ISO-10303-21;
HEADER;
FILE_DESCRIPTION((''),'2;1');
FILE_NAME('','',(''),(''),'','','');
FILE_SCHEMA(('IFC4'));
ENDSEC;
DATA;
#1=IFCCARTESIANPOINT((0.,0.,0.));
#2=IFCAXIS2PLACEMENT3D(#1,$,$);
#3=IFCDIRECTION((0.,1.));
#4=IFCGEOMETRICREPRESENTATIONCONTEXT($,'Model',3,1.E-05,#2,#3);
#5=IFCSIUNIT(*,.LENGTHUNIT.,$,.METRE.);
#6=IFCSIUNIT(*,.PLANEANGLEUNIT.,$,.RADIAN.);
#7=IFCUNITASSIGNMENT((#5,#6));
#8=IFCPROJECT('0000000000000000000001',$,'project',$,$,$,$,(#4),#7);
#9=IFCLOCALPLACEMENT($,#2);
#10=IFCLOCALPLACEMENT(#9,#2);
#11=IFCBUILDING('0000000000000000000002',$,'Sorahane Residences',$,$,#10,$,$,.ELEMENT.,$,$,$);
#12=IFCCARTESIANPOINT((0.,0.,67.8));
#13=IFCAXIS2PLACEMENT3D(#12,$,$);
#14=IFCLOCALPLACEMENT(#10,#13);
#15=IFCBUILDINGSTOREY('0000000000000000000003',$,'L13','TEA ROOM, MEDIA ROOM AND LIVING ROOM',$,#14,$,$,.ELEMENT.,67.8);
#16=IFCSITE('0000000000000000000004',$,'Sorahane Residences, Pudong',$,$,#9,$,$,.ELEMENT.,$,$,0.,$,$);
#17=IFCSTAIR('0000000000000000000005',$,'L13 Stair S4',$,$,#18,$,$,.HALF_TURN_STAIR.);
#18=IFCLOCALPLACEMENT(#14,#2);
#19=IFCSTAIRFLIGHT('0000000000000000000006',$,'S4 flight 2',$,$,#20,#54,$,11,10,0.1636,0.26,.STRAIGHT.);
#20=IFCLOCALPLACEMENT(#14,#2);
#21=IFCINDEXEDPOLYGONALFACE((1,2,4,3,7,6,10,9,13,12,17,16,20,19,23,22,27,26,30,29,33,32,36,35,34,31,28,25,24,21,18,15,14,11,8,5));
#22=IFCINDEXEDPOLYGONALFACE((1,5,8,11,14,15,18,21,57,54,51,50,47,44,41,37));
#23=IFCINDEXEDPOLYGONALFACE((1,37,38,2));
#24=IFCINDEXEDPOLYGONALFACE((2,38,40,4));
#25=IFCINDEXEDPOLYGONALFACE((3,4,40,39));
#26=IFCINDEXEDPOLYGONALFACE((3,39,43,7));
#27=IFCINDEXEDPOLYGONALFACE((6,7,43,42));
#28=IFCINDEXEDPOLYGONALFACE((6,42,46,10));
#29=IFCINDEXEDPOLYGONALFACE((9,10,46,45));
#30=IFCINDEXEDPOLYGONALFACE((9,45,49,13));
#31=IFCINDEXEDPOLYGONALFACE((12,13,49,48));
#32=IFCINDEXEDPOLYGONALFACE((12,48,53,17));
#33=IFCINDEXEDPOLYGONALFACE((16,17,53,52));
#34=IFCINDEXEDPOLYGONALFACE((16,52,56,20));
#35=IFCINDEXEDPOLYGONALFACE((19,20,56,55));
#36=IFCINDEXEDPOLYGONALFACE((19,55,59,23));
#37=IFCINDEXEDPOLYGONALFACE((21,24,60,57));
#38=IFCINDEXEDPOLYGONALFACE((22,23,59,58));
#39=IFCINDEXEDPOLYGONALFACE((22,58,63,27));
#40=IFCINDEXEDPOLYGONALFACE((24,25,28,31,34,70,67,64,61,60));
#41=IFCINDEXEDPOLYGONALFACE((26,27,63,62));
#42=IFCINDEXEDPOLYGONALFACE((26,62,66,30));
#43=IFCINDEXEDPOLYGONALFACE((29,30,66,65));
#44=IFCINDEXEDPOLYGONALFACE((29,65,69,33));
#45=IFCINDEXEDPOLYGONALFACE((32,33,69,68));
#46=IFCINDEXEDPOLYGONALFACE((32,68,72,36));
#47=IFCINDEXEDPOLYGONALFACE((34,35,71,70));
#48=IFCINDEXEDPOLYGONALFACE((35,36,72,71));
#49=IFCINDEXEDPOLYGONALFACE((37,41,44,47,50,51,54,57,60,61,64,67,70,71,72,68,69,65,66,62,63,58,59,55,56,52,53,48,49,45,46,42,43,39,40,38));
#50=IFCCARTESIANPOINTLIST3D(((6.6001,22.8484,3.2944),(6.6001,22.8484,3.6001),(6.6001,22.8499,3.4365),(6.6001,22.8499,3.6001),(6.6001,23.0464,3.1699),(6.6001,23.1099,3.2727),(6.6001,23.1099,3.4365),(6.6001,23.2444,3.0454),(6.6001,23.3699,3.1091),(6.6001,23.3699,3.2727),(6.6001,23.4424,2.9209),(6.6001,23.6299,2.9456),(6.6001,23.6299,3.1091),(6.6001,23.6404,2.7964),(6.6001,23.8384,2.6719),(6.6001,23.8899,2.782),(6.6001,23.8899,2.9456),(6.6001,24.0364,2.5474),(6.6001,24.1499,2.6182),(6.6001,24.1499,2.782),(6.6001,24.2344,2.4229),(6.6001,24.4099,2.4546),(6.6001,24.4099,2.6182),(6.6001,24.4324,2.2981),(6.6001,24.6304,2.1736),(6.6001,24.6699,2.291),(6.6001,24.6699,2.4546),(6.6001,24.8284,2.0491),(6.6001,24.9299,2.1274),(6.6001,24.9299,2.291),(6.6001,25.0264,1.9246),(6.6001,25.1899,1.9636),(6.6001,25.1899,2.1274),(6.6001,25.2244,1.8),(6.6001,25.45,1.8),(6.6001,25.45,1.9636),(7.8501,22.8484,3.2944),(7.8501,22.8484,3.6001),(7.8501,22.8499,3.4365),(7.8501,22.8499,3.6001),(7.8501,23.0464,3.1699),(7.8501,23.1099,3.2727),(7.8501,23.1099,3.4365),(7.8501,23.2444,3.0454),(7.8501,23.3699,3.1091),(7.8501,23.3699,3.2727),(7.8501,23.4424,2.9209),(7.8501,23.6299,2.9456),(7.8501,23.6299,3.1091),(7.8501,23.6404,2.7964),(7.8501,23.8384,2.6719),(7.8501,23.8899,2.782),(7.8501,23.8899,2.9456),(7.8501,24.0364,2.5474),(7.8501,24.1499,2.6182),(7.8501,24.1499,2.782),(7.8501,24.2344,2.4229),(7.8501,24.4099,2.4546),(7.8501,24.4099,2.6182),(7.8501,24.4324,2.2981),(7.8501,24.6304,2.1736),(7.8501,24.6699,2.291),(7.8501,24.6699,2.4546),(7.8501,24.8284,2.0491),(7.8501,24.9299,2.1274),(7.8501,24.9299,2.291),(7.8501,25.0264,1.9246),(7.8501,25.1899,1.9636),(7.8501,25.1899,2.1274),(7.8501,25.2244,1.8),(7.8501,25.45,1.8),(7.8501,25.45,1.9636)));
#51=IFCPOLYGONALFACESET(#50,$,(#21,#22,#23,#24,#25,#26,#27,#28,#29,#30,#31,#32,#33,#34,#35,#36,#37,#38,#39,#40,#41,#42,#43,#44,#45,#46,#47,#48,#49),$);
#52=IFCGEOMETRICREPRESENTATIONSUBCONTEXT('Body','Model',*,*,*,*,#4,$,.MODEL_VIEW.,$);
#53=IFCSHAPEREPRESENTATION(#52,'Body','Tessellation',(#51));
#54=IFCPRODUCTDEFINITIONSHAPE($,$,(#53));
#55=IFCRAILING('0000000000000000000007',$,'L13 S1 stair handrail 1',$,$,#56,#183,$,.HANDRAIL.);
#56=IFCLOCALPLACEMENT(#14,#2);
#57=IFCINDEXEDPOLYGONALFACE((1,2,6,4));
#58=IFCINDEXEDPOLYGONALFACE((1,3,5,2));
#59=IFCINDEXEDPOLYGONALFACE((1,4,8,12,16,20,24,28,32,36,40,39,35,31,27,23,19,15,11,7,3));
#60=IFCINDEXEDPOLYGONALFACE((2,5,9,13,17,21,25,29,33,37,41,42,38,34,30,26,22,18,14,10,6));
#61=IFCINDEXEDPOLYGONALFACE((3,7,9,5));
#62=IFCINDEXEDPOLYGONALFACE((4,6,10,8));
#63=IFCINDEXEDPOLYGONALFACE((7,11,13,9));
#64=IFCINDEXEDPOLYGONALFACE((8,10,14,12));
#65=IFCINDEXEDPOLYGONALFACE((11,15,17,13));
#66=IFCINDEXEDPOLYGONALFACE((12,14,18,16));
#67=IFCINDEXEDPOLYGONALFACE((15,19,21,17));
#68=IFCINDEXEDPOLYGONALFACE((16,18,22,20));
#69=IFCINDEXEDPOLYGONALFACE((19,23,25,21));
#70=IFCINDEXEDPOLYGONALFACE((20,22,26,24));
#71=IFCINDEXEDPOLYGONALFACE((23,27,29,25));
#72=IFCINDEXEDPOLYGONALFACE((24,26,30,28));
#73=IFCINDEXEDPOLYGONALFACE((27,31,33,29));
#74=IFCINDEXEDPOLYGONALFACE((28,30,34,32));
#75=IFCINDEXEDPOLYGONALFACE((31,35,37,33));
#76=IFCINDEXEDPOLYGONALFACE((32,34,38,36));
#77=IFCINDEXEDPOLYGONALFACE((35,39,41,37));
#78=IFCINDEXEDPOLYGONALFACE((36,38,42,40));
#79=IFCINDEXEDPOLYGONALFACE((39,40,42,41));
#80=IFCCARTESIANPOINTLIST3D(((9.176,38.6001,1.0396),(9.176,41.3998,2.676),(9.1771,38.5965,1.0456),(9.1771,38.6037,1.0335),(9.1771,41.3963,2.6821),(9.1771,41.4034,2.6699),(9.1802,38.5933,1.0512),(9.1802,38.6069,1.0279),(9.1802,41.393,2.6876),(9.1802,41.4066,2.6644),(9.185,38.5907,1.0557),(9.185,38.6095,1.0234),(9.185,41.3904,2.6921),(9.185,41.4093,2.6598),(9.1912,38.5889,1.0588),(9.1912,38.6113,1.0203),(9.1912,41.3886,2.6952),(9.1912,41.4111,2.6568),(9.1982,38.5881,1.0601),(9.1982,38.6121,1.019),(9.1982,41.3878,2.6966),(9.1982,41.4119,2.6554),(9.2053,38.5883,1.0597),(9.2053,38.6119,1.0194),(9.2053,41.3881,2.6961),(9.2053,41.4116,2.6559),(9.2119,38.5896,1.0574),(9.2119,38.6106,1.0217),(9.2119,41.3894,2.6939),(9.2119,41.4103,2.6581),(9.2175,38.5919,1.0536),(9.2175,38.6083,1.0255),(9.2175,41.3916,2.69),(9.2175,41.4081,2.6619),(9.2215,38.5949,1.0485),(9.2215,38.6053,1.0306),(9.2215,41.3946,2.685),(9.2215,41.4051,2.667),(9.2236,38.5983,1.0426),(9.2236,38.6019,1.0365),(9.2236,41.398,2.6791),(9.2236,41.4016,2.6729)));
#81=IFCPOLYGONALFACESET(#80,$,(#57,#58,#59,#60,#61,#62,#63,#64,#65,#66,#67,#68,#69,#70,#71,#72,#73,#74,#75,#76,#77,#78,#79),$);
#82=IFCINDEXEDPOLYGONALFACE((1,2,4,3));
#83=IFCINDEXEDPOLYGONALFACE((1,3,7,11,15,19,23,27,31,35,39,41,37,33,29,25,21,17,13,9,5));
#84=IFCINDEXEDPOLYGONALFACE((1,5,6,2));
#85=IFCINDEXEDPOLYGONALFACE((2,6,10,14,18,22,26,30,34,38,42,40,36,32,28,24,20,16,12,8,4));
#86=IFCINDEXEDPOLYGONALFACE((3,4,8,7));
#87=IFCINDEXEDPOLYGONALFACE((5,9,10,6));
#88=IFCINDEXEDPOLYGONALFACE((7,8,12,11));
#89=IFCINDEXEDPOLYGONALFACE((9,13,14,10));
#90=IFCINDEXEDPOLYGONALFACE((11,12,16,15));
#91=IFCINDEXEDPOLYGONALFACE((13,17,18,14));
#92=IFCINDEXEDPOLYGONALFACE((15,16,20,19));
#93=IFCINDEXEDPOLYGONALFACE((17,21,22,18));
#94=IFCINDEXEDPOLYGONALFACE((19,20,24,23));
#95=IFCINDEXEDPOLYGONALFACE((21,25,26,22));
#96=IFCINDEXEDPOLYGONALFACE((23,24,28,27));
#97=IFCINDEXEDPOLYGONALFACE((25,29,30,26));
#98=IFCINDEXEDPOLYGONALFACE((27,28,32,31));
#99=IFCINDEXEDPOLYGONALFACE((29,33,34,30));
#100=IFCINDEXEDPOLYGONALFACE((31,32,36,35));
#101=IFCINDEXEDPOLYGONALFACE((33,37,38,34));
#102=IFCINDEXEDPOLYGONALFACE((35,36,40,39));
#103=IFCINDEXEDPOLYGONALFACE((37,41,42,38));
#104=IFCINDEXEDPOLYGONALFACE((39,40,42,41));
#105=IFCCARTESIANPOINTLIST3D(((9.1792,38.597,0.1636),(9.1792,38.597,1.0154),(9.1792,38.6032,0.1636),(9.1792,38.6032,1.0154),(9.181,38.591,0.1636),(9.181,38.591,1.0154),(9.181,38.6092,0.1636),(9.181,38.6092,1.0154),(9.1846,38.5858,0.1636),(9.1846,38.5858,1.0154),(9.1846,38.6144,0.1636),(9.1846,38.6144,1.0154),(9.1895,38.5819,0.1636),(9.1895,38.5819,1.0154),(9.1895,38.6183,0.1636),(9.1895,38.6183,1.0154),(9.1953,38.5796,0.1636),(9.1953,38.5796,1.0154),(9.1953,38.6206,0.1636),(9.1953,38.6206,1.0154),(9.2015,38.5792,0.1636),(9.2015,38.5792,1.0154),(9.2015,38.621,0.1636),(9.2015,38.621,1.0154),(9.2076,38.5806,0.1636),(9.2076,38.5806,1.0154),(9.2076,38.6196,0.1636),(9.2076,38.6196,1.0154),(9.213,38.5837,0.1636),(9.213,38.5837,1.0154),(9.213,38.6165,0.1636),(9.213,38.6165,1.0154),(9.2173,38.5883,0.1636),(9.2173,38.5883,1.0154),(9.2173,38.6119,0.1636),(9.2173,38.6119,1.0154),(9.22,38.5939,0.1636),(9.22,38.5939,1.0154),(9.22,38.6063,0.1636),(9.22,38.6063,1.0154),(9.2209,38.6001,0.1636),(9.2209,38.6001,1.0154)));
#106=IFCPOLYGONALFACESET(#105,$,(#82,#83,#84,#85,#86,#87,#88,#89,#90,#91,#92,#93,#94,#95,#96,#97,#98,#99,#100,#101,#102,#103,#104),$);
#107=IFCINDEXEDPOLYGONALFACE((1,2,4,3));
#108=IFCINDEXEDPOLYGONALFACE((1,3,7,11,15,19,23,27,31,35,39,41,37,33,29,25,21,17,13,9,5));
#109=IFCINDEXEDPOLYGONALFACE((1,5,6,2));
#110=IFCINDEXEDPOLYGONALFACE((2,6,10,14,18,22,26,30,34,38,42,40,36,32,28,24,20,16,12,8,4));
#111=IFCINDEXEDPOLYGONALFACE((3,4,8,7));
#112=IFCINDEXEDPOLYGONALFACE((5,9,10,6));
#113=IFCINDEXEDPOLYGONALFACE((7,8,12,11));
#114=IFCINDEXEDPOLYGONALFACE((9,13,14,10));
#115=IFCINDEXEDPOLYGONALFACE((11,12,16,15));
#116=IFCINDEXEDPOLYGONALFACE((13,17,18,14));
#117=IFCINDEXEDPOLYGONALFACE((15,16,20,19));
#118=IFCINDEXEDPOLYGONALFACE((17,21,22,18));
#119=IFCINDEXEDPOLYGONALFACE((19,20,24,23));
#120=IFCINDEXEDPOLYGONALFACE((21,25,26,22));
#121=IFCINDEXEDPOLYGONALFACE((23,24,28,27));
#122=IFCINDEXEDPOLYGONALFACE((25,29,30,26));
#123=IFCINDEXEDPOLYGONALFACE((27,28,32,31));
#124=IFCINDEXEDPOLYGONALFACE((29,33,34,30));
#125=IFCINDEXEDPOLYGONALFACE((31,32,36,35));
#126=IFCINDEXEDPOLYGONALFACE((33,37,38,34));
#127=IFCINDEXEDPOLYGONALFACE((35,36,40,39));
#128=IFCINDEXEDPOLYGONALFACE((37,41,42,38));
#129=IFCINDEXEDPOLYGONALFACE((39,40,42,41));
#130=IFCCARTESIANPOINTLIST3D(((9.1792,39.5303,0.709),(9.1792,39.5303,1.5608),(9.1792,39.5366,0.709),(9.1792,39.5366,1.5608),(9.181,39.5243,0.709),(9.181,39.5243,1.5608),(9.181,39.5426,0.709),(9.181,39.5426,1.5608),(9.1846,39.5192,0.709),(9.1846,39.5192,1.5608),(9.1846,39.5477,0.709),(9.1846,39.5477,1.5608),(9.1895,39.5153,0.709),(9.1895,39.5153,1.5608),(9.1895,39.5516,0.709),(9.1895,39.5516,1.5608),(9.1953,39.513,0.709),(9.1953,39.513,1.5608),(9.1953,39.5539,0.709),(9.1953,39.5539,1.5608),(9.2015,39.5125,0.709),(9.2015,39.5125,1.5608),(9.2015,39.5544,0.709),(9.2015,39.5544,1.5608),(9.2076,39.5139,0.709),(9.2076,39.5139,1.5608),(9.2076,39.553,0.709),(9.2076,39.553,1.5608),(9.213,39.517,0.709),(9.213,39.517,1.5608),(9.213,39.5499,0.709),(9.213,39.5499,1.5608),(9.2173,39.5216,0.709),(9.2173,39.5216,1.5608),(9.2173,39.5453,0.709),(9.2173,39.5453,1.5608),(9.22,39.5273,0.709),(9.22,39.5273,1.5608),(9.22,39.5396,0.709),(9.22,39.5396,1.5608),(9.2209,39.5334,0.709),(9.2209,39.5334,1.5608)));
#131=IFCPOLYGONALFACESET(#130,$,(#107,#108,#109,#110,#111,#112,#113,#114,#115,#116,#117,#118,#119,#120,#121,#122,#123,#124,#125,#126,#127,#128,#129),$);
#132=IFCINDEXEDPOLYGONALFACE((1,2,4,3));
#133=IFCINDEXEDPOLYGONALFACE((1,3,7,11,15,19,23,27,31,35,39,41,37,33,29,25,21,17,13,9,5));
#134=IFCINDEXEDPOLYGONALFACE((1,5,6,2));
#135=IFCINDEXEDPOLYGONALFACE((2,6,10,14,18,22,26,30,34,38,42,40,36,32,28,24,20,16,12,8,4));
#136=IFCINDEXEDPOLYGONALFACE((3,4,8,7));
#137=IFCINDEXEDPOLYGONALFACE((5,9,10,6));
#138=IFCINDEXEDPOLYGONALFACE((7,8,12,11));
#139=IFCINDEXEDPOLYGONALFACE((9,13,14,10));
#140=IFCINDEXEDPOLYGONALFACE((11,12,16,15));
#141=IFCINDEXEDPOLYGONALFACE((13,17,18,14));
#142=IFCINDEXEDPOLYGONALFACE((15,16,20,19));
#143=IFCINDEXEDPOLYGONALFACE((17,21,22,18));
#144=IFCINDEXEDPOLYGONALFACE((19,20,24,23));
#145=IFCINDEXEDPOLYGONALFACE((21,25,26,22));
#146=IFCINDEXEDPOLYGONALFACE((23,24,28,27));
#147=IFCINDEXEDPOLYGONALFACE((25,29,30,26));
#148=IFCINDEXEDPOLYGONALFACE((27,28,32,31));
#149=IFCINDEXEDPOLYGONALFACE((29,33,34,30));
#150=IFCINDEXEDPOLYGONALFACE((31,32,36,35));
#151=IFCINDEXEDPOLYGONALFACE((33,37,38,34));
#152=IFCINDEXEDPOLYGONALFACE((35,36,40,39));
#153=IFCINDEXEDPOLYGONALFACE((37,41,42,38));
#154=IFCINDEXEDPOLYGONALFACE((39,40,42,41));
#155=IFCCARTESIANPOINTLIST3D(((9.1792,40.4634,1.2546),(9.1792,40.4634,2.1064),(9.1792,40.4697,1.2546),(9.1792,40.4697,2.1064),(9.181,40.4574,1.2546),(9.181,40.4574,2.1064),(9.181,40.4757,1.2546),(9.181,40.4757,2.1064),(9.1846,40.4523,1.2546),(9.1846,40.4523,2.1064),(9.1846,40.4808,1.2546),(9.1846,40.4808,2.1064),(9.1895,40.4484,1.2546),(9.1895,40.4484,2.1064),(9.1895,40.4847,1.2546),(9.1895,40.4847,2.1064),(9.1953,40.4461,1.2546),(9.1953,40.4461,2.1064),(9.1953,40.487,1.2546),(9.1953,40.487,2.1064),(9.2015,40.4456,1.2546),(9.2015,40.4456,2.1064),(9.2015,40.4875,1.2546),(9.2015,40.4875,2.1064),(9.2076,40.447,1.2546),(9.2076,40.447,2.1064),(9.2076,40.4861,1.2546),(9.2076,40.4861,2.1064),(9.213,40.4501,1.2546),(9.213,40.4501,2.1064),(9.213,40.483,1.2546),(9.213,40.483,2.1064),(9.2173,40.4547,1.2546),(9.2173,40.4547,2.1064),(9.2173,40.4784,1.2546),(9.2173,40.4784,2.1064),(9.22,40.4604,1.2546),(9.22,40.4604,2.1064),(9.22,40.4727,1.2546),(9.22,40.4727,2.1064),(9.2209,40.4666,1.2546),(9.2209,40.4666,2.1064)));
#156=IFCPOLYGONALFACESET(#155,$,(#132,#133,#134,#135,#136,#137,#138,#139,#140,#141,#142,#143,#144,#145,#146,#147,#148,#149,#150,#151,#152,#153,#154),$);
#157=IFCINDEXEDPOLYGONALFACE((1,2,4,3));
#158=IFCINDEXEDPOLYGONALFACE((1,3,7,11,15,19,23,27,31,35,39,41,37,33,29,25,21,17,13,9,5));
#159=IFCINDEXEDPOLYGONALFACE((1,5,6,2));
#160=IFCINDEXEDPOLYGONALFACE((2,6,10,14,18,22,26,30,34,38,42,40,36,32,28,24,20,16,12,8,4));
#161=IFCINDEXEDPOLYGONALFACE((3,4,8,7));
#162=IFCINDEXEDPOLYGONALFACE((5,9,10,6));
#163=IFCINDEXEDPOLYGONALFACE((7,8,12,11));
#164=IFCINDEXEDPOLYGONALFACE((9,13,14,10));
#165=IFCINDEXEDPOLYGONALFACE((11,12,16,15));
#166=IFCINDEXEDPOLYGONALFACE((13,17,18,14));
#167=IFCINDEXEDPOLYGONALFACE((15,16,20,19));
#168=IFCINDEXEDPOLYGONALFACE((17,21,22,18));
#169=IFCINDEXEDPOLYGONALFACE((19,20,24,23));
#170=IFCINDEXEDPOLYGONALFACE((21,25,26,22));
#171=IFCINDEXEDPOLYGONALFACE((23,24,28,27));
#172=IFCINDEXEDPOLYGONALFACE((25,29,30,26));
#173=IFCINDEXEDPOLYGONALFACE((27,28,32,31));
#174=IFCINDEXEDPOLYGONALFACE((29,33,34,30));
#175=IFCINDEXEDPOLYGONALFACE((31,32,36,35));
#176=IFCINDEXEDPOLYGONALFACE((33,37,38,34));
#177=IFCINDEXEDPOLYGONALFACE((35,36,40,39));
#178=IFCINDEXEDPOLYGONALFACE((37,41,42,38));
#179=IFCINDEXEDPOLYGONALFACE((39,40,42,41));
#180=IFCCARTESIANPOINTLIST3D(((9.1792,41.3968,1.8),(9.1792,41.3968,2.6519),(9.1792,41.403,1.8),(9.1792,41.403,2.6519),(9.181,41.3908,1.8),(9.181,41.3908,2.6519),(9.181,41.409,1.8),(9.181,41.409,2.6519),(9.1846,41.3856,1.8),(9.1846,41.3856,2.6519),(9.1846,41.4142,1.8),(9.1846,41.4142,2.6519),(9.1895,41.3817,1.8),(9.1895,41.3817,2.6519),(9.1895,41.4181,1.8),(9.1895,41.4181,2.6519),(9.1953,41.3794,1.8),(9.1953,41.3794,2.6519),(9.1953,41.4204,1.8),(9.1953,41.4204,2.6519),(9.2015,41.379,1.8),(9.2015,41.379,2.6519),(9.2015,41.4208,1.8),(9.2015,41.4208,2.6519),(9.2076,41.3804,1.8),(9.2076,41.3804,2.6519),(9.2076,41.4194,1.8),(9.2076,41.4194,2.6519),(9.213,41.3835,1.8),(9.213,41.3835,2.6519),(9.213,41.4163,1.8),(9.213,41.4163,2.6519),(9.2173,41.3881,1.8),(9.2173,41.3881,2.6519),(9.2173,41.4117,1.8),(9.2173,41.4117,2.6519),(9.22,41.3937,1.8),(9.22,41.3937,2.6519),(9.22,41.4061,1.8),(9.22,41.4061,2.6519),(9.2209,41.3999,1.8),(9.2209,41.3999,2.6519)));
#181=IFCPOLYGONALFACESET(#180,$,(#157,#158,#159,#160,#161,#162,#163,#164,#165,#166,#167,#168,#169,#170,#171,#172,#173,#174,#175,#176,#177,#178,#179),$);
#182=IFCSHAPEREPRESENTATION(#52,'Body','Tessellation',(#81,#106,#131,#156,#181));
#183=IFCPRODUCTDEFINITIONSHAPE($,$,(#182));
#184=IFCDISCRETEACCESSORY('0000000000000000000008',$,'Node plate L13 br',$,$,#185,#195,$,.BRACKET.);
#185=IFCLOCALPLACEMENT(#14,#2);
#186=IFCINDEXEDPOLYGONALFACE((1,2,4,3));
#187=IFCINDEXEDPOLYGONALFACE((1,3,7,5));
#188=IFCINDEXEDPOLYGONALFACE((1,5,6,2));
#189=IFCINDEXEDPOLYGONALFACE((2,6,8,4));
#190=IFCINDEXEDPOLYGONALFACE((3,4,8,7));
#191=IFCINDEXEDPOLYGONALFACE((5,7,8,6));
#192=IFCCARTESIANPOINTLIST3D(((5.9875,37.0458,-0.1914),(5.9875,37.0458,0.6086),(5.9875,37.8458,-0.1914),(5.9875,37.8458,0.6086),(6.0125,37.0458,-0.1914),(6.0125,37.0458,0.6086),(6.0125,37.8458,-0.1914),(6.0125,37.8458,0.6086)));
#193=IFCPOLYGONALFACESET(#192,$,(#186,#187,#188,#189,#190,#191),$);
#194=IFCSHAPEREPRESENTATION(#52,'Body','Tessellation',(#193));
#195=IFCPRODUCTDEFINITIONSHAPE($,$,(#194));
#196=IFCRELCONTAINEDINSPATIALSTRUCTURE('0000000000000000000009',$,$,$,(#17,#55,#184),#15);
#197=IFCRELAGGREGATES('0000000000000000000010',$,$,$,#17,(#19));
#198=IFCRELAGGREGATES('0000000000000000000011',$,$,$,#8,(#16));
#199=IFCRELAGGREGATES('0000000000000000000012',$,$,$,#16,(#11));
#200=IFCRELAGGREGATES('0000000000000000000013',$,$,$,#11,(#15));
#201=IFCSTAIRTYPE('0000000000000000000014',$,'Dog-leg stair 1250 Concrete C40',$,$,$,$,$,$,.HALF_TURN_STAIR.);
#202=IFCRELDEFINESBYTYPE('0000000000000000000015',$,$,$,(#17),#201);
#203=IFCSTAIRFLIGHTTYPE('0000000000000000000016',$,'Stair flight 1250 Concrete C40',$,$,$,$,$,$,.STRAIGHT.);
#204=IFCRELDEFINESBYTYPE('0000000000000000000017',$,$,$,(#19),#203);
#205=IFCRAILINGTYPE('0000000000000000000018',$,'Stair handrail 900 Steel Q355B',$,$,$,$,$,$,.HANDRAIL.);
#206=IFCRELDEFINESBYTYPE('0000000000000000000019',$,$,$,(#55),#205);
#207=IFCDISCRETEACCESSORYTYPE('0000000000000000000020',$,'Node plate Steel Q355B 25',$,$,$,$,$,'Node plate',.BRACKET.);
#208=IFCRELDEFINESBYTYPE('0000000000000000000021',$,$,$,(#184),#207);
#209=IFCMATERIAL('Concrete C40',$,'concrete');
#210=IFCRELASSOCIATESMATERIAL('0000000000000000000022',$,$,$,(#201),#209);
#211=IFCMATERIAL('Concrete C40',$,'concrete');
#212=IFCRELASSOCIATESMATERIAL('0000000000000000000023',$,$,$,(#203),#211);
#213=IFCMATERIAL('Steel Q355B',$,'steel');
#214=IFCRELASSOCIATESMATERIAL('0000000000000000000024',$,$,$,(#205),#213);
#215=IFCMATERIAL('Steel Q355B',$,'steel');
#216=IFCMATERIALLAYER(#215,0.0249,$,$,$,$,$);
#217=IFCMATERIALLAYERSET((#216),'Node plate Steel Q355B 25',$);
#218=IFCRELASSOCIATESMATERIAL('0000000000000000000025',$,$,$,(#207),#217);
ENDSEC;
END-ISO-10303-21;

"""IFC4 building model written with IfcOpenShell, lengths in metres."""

from ifc_helpers import new_model, si_unit, direction, frame, origin, origin_2d, place, context, subcontext, project, spatial, polyline, rectangle, circle, outline, extrude, material, layer, layer_set, type_object, element, aggregate, save


model = new_model("IFC4")

# Units and contexts
model_context = context("Model", 3, precision=1e-05, world=origin(), true_north=direction((0.0, 1.0)))
body_context = subcontext(model_context, "Body", "Model", "MODEL_VIEW")
ifc_project = project(units=[si_unit("LENGTHUNIT", "METRE"), si_unit("PLANEANGLEUNIT", "RADIAN")], contexts=[model_context])

# Site, building, storey
site_placement = place(None, origin())
site = spatial("IfcSite", under=ifc_project, at=site_placement, Name="Sorahane Residences, Pudong", CompositionType="ELEMENT", RefElevation=0.0)
building_placement = place(site_placement, origin())
building = spatial("IfcBuilding", under=site, at=building_placement, Name="Sorahane Residences", CompositionType="ELEMENT")
storey_placement = place(building_placement, frame((0.0, 0.0, 67.8)))
storey = spatial("IfcBuildingStorey", under=building, at=storey_placement, Name="L13", Description="TEA ROOM, MEDIA ROOM AND LIVING ROOM", CompositionType="ELEMENT", Elevation=67.8)

# Stair, stair flight
ifc_material_1 = material(Name="Concrete C40", Category="concrete")
stair_type = type_object("IfcStairType", Name="Dog-leg stair 1250 Concrete C40", PredefinedType="HALF_TURN_STAIR", material=ifc_material_1)
ifc_material_2 = material(Name="Concrete C40", Category="concrete")
stair_flight_type = type_object("IfcStairFlightType", Name="Stair flight 1250 Concrete C40", PredefinedType="STRAIGHT", material=ifc_material_2)
stair_1_placement = place(storey_placement, origin())
stair_1 = element("IfcStair", 1, at=stair_1_placement, inside=storey, type_object=stair_type, Name="L13 Stair S4", PredefinedType="HALF_TURN_STAIR")
stair_flight_1_placement = place(storey_placement, frame((7.2251, 25.45, 1.8), z_axis=(0.0, 0.0, 1.0), x_axis=(0.0, -1.0, 0.0)))
stair_flight_1 = element("IfcStairFlight", 2, at=stair_flight_1_placement, type_object=stair_flight_type, Name="S4 flight 2", NumberOfRisers=11, NumberOfTreads=10, PredefinedType="STRAIGHT", RiserHeight=0.1636, TreadLength=0.26, context=body_context, shape_type="SweptSolid", body=[
    extrude(outline(polyline([(0.0, 0.0), (0.0, 0.1636), (0.26, 0.1636), (0.26, 0.3274), (0.52, 0.3274), (0.52, 0.491), (0.78, 0.491), (0.78, 0.6545), (1.04, 0.6545), (1.04, 0.8181), (1.3, 0.8181), (1.3, 0.9819), (1.5601, 0.9819), (1.5601, 1.1455), (1.8201, 1.1455), (1.8201, 1.3091), (2.0801, 1.3091), (2.0801, 1.4727), (2.3401, 1.4727), (2.3401, 1.6365), (2.6001, 1.6365), (2.6001, 1.8), (2.6016, 1.8), (2.6016, 1.4944), (2.4036, 1.3699), (2.2056, 1.2454), (2.0076, 1.1208), (1.8096, 0.9963), (1.6116, 0.8718), (1.4136, 0.7473), (1.2156, 0.6228), (1.0176, 0.498), (0.8196, 0.3735), (0.6216, 0.249), (0.4236, 0.1245), (0.2256, 0.0), (0.0, 0.0)])), frame((0.0, 0.625, 0.0), z_axis=(0.0, -1.0, 0.0), x_axis=(1.0, 0.0, 0.0)), (0.0, 0.0, 1.0), 1.25),
])
aggregate(stair_1, [stair_flight_1])

# Railing
ifc_material_3 = material(Name="Steel Q355B", Category="steel")
railing_type_1 = type_object("IfcRailingType", Name="Stair handrail 900 Steel Q355B", PredefinedType="HANDRAIL", material=ifc_material_3)
railing_1_placement = place(storey_placement, frame((9.2, 38.6001, 0.1636)))
element("IfcRailing", 3, at=railing_1_placement, inside=storey, type_object=railing_type_1, Name="L13 S1 stair handrail 1", PredefinedType="HANDRAIL", context=body_context, shape_type="SweptSolid", body=[
    extrude(circle(Radius=0.0239, at=origin_2d()), frame((0.0, 0.0, 0.876), z_axis=(0.0, 0.863342, 0.50462), x_axis=(-1.0, 0.0, 0.0)), (0.0, 0.0, 1.0), 3.2429),
    extrude(circle(Radius=0.021, at=origin_2d()), origin(), (0.0, 0.0, 1.0), 0.8518),
    extrude(circle(Radius=0.021, at=origin_2d()), frame((0.0, 0.9333, 0.5454)), (0.0, 0.0, 1.0), 0.8518),
    extrude(circle(Radius=0.021, at=origin_2d()), frame((0.0, 1.8665, 1.0911)), (0.0, 0.0, 1.0), 0.8518),
    extrude(circle(Radius=0.021, at=origin_2d()), frame((0.0, 2.7998, 1.6365)), (0.0, 0.0, 1.0), 0.8518),
])

# Discrete accessory
ifc_material_4 = material(Name="Steel Q355B", Category="steel")
ifc_layer_1 = layer(ifc_material_4, 0.0249)
ifc_layer_set_1 = layer_set([ifc_layer_1], Name="Node plate Steel Q355B 25")
discrete_accessory_type = type_object("IfcDiscreteAccessoryType", Name="Node plate Steel Q355B 25", ElementType="Node plate", PredefinedType="BRACKET", material=ifc_layer_set_1)
for number, where, z_axis, x_axis, name in (
    (4, (6.0, 37.4458, -0.1914), (0.0, 0.0, 1.0), (0.0, 1.0, 0.0), "Node plate L13 br"),
):
    element("IfcDiscreteAccessory", number, at=place(storey_placement, frame(where, z_axis=z_axis, x_axis=x_axis)), inside=storey, type_object=discrete_accessory_type, Name=name, PredefinedType="BRACKET", context=body_context, shape_type="SweptSolid", body=[
        extrude(rectangle(XDim=0.8, YDim=0.0249, at=origin_2d()), origin(), (0.0, 0.0, 1.0), 0.8),
    ])

save(model, "model.ifc")
